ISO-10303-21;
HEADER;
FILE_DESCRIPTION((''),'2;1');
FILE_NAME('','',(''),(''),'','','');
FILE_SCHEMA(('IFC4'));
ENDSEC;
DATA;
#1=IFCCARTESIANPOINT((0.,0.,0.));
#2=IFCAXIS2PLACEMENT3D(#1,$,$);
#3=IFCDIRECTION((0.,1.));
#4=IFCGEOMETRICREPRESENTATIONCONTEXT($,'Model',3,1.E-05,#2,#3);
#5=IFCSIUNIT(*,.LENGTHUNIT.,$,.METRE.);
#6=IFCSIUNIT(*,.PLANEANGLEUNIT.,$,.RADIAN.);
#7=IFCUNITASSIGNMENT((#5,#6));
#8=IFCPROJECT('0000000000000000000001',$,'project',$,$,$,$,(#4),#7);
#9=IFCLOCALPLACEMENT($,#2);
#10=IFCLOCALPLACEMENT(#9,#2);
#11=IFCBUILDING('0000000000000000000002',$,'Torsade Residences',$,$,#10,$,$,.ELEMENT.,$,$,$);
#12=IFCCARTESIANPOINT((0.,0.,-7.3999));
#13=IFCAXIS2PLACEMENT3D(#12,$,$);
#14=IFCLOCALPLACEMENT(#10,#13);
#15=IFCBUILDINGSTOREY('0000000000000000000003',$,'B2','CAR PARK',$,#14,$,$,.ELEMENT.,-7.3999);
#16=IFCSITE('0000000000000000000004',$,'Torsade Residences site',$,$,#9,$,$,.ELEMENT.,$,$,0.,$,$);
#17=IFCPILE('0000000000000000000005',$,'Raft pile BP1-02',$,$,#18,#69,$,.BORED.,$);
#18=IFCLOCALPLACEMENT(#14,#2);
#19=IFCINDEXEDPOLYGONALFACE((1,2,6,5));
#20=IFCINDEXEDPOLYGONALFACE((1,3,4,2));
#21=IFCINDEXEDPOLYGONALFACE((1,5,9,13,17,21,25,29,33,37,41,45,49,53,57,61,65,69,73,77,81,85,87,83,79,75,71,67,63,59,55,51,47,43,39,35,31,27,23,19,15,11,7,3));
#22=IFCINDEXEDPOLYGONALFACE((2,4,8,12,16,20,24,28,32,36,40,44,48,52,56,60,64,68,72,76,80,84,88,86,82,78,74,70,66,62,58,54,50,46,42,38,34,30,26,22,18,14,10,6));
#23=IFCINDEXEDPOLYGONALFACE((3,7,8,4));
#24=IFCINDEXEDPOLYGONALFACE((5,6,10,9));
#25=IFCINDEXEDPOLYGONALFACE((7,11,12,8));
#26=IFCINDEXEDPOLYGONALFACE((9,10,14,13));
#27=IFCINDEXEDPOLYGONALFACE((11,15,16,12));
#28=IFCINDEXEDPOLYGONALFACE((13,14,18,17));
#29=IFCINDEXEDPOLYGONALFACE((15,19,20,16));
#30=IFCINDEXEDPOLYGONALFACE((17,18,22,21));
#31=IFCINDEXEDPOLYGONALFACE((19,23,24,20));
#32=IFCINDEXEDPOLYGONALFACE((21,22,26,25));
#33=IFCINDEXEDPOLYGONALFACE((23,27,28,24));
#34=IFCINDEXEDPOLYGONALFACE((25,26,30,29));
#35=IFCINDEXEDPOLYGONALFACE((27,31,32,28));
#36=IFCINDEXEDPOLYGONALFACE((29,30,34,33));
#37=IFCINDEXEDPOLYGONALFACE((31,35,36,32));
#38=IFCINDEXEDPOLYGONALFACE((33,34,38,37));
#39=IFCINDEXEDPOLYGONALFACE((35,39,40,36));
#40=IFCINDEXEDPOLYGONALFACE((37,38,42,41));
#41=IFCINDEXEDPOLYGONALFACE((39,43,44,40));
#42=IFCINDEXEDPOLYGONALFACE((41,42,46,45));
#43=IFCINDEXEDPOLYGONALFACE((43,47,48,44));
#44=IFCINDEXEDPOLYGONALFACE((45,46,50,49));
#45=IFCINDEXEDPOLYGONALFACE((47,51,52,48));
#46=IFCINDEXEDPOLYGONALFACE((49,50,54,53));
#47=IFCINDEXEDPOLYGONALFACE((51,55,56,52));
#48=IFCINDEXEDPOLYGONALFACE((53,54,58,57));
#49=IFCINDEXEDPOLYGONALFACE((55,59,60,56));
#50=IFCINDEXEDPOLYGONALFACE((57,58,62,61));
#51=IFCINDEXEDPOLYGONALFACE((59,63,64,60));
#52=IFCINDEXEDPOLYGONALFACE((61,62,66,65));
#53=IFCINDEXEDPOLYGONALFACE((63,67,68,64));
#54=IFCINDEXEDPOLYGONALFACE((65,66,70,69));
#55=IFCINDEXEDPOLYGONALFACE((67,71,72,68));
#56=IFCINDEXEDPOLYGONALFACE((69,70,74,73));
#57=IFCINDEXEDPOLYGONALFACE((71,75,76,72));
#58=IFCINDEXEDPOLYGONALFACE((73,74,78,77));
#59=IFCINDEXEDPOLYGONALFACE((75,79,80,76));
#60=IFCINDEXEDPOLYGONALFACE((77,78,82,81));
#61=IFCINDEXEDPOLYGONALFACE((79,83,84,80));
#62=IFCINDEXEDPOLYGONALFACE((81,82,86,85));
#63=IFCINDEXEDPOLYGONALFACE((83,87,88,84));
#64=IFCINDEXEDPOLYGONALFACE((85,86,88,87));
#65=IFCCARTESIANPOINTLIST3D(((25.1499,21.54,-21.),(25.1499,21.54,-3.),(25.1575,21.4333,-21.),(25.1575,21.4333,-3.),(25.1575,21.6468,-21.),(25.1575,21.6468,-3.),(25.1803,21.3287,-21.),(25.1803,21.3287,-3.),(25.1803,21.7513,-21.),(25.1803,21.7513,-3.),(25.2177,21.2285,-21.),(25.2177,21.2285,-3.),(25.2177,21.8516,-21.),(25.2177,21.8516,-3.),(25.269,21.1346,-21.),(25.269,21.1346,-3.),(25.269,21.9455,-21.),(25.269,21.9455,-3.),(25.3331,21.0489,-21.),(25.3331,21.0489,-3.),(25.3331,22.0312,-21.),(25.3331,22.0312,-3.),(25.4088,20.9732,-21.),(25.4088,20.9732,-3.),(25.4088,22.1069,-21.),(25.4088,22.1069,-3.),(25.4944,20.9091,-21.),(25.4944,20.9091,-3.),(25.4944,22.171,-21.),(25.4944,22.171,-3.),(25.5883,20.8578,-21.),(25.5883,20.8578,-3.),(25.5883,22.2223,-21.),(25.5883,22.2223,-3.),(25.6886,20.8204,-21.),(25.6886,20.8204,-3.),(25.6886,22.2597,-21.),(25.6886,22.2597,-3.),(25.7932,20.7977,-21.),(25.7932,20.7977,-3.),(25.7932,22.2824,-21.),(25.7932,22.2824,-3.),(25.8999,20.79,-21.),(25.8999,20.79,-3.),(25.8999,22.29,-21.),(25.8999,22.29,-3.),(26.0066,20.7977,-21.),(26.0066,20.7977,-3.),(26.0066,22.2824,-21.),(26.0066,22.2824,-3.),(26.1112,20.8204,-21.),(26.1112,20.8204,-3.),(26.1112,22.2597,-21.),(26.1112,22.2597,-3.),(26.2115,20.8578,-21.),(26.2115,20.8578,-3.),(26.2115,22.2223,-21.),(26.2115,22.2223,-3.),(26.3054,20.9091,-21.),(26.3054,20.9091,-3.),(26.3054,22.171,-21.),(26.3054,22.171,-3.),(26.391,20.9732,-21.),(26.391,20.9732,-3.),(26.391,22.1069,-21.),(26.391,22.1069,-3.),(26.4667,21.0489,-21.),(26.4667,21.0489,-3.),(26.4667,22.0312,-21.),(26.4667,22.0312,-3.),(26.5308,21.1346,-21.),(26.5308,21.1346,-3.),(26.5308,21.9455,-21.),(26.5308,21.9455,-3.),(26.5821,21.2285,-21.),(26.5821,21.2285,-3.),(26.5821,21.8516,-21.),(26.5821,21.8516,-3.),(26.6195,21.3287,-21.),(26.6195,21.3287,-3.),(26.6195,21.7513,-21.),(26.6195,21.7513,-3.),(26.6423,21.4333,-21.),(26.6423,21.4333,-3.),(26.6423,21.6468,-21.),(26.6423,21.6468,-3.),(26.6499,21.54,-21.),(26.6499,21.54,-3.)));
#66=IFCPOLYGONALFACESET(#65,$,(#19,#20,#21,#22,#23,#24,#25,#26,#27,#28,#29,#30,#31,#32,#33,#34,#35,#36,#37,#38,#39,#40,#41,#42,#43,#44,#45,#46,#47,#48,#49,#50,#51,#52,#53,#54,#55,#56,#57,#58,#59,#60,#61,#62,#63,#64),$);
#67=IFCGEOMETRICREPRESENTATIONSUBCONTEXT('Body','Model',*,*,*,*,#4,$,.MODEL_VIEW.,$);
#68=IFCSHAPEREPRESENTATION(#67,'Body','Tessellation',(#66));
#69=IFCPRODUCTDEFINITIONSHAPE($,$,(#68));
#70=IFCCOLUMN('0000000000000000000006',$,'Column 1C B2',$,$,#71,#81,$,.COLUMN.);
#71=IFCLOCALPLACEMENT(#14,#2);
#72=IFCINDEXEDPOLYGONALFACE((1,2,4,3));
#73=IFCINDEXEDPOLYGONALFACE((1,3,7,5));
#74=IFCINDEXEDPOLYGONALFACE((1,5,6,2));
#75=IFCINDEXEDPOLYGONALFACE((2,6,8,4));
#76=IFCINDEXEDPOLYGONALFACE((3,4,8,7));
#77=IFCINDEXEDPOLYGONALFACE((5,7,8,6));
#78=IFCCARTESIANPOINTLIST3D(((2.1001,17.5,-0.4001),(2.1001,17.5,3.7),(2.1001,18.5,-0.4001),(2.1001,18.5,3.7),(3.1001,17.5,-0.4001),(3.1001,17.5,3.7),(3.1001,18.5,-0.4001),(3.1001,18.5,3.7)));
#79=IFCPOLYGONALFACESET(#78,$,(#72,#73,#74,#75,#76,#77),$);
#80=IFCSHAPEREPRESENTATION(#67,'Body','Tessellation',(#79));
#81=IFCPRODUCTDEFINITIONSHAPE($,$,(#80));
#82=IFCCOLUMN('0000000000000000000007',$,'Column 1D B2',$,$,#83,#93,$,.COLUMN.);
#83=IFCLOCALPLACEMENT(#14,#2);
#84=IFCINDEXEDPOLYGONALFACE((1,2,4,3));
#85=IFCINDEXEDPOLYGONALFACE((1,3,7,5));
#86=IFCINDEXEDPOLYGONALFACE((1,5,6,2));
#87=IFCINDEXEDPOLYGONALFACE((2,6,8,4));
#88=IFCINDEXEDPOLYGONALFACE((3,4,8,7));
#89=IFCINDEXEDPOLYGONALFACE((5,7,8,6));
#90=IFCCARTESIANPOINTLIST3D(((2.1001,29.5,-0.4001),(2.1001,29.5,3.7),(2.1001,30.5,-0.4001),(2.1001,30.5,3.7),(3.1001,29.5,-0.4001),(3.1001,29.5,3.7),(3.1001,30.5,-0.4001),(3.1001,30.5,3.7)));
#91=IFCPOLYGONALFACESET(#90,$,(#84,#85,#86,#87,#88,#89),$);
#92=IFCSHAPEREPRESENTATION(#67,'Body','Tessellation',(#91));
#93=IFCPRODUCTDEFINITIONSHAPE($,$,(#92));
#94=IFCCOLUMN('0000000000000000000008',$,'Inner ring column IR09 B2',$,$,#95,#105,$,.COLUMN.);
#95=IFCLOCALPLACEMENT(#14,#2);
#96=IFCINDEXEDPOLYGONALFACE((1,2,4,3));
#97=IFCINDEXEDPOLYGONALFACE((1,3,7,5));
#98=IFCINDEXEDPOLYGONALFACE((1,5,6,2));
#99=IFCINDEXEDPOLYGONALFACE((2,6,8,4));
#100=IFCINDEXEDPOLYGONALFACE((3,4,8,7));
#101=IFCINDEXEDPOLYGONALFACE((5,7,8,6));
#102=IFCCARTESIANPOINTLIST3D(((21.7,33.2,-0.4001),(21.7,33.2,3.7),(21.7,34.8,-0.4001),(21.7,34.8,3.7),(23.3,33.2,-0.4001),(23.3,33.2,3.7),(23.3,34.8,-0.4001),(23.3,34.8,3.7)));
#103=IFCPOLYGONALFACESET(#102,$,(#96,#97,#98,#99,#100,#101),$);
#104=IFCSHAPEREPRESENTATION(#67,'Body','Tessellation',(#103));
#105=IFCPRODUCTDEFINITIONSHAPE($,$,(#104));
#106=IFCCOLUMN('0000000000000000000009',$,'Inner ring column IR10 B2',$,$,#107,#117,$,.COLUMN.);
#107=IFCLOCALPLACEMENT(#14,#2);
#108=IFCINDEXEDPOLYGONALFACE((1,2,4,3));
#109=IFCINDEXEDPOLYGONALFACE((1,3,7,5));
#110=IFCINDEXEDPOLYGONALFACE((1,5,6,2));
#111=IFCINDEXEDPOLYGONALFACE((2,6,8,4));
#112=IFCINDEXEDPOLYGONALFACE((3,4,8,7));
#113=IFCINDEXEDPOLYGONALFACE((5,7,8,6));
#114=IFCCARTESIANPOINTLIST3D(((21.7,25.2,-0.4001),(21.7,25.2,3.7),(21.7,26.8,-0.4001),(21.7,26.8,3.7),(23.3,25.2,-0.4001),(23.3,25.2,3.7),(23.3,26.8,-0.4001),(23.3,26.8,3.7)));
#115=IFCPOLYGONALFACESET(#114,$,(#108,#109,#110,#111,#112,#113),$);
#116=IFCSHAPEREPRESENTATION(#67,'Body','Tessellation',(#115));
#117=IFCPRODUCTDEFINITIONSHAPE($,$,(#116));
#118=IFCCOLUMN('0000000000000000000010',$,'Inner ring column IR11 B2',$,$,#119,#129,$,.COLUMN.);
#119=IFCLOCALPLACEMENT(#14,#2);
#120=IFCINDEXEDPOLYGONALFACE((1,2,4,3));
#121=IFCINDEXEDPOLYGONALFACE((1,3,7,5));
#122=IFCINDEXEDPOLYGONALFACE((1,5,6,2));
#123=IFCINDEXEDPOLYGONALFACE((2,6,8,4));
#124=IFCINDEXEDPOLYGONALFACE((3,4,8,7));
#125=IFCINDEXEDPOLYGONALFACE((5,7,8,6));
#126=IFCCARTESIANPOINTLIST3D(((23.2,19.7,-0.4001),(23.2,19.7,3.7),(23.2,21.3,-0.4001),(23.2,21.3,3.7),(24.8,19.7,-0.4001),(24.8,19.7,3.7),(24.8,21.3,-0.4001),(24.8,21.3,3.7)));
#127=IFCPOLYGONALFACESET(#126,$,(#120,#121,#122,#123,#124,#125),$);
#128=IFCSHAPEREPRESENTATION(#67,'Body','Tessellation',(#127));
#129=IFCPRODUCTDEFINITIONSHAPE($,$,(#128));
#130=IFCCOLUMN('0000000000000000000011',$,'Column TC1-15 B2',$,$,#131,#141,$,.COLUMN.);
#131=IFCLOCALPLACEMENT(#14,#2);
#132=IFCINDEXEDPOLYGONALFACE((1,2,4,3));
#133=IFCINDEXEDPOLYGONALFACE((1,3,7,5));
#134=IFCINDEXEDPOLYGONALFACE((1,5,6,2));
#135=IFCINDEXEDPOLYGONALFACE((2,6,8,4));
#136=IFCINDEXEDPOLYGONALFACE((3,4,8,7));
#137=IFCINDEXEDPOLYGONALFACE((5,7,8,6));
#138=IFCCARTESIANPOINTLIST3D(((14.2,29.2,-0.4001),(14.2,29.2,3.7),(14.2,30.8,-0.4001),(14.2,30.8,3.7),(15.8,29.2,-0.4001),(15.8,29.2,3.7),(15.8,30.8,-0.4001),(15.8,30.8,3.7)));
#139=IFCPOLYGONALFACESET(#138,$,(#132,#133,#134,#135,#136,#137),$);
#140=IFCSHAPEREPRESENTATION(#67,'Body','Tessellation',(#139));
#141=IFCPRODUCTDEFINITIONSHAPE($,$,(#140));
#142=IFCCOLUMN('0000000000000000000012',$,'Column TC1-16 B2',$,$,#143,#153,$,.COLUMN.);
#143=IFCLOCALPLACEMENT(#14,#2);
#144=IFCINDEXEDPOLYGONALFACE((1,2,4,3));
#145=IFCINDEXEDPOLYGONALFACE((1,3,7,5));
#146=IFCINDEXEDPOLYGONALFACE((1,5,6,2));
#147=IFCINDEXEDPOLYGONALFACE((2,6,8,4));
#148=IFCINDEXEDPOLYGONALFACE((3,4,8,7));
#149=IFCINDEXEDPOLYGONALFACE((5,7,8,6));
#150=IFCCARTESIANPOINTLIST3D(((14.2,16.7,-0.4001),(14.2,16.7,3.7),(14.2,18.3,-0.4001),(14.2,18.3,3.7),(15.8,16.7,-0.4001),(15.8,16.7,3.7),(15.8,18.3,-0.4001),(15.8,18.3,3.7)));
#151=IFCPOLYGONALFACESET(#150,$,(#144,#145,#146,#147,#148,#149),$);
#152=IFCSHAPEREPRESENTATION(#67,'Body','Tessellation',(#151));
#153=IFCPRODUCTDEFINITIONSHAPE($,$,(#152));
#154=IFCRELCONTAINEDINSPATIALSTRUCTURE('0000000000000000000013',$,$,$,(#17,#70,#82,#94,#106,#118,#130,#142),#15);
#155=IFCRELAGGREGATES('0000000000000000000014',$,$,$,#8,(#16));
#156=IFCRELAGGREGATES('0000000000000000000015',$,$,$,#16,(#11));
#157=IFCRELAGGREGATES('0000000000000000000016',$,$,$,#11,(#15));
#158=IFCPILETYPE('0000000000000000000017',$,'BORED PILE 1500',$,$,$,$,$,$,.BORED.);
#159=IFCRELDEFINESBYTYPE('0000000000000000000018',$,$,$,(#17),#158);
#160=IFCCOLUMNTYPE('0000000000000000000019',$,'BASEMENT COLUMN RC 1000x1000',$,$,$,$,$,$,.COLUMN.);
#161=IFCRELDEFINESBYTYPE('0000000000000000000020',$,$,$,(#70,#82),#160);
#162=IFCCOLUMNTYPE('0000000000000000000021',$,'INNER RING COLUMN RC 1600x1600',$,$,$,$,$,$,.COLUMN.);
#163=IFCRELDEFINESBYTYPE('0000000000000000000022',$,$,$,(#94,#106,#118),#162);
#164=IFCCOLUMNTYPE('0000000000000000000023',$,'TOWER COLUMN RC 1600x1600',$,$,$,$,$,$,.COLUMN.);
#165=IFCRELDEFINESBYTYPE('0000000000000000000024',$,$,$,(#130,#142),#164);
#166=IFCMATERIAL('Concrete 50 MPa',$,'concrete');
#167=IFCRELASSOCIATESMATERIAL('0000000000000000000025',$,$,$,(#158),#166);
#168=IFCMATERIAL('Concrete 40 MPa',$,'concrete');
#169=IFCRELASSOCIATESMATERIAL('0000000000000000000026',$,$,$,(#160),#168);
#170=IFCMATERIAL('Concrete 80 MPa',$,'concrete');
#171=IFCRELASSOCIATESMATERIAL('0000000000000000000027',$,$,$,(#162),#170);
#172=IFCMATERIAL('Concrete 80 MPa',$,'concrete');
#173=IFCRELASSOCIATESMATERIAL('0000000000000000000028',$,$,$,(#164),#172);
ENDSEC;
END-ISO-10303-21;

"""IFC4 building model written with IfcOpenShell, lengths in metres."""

from ifc_helpers import new_model, si_unit, direction, frame, origin, origin_2d, place, context, subcontext, project, spatial, rectangle, circle, extrude, material, material_profile, profile_set, type_object, element, save


model = new_model("IFC4")

# Units and contexts
model_context = context("Model", 3, precision=1e-05, world=origin(), true_north=direction((0.0, 1.0)))
body_context = subcontext(model_context, "Body", "Model", "MODEL_VIEW")
ifc_project = project(units=[si_unit("LENGTHUNIT", "METRE"), si_unit("PLANEANGLEUNIT", "RADIAN")], contexts=[model_context])

# Site, building, storey
site_placement = place(None, origin())
site = spatial("IfcSite", under=ifc_project, at=site_placement, Name="Torsade Residences site", CompositionType="ELEMENT", RefElevation=0.0)
building_placement = place(site_placement, origin())
building = spatial("IfcBuilding", under=site, at=building_placement, Name="Torsade Residences", CompositionType="ELEMENT")
storey_placement = place(building_placement, frame((0.0, 0.0, -7.3999)))
storey = spatial("IfcBuildingStorey", under=building, at=storey_placement, Name="B2", Description="CAR PARK", CompositionType="ELEMENT", Elevation=-7.3999)

# Pile
ifc_material_1 = material(Name="Concrete 50 MPa", Category="concrete")
pile_type_1 = type_object("IfcPileType", Name="BORED PILE 1500", PredefinedType="BORED", material=ifc_material_1)
for number, where, z_axis, x_axis, name in (
    (1, (25.8999, 21.54, -3.0), (0.0, 0.0, -1.0), (1.0, 0.0, 0.0), "Raft pile BP1-02"),
):
    element("IfcPile", number, at=place(storey_placement, frame(where, z_axis=z_axis, x_axis=x_axis)), inside=storey, type_object=pile_type_1, Name=name, PredefinedType="BORED", context=body_context, shape_type="SweptSolid", body=[
        extrude(circle(Radius=0.75, at=origin_2d()), origin(), (0.0, 0.0, 1.0), 18.0),
    ])

# Columns
ifc_material_2 = material(Name="Concrete 40 MPa", Category="concrete")
ifc_material_profile_1 = material_profile(ifc_material_2, rectangle(XDim=1.0, YDim=1.0, at=origin_2d()), Name="RC 1000x1000")
ifc_profile_set_1 = profile_set([ifc_material_profile_1], Name="Concrete 40 MPa")
column_type_1 = type_object("IfcColumnType", Name="BASEMENT COLUMN RC 1000x1000", PredefinedType="COLUMN", material=ifc_profile_set_1)
for number, where, z_axis, x_axis, name in (
    (2, (2.6001, 18.0, -0.4001), (0.0, 0.0, 1.0), (1.0, 0.0, 0.0), "Column 1C B2"),
    (3, (2.6001, 30.0, -0.4001), (0.0, 0.0, 1.0), (1.0, 0.0, 0.0), "Column 1D B2"),
):
    element("IfcColumn", number, at=place(storey_placement, frame(where, z_axis=z_axis, x_axis=x_axis)), inside=storey, type_object=column_type_1, Name=name, PredefinedType="COLUMN", context=body_context, shape_type="SweptSolid", body=[
        extrude(rectangle(XDim=1.0, YDim=1.0, at=origin_2d()), origin(), (0.0, 0.0, 1.0), 4.1001),
    ])
ifc_material_3 = material(Name="Concrete 80 MPa", Category="concrete")
ifc_material_profile_2 = material_profile(ifc_material_3, rectangle(XDim=1.6001, YDim=1.6001, at=origin_2d()), Name="RC 1600x1600")
ifc_profile_set_2 = profile_set([ifc_material_profile_2], Name="Concrete 80 MPa")
column_type_2 = type_object("IfcColumnType", Name="INNER RING COLUMN RC 1600x1600", PredefinedType="COLUMN", material=ifc_profile_set_2)
for number, where, z_axis, x_axis, name in (
    (4, (22.5, 34.0, -0.4001), (0.0, 0.0, 1.0), (1.0, 0.0, 0.0), "Inner ring column IR09 B2"),
    (5, (22.5, 26.0, -0.4001), (0.0, 0.0, 1.0), (1.0, 0.0, 0.0), "Inner ring column IR10 B2"),
    (6, (24.0, 20.5, -0.4001), (0.0, 0.0, 1.0), (1.0, 0.0, 0.0), "Inner ring column IR11 B2"),
):
    element("IfcColumn", number, at=place(storey_placement, frame(where, z_axis=z_axis, x_axis=x_axis)), inside=storey, type_object=column_type_2, Name=name, PredefinedType="COLUMN", context=body_context, shape_type="SweptSolid", body=[
        extrude(rectangle(XDim=1.6001, YDim=1.6001, at=origin_2d()), origin(), (0.0, 0.0, 1.0), 4.1001),
    ])
ifc_material_4 = material(Name="Concrete 80 MPa", Category="concrete")
ifc_material_profile_3 = material_profile(ifc_material_4, rectangle(XDim=1.6001, YDim=1.6001, at=origin_2d()), Name="RC 1600x1600")
ifc_profile_set_3 = profile_set([ifc_material_profile_3], Name="Concrete 80 MPa")
column_type_3 = type_object("IfcColumnType", Name="TOWER COLUMN RC 1600x1600", PredefinedType="COLUMN", material=ifc_profile_set_3)
for number, where, z_axis, x_axis, name in (
    (7, (15.0, 30.0, -0.4001), (0.0, 0.0, 1.0), (1.0, 0.0, 0.0), "Column TC1-15 B2"),
    (8, (15.0, 17.5, -0.4001), (0.0, 0.0, 1.0), (1.0, 0.0, 0.0), "Column TC1-16 B2"),
):
    element("IfcColumn", number, at=place(storey_placement, frame(where, z_axis=z_axis, x_axis=x_axis)), inside=storey, type_object=column_type_3, Name=name, PredefinedType="COLUMN", context=body_context, shape_type="SweptSolid", body=[
        extrude(rectangle(XDim=1.6001, YDim=1.6001, at=origin_2d()), origin(), (0.0, 0.0, 1.0), 4.1001),
    ])

save(model, "model.ifc")
